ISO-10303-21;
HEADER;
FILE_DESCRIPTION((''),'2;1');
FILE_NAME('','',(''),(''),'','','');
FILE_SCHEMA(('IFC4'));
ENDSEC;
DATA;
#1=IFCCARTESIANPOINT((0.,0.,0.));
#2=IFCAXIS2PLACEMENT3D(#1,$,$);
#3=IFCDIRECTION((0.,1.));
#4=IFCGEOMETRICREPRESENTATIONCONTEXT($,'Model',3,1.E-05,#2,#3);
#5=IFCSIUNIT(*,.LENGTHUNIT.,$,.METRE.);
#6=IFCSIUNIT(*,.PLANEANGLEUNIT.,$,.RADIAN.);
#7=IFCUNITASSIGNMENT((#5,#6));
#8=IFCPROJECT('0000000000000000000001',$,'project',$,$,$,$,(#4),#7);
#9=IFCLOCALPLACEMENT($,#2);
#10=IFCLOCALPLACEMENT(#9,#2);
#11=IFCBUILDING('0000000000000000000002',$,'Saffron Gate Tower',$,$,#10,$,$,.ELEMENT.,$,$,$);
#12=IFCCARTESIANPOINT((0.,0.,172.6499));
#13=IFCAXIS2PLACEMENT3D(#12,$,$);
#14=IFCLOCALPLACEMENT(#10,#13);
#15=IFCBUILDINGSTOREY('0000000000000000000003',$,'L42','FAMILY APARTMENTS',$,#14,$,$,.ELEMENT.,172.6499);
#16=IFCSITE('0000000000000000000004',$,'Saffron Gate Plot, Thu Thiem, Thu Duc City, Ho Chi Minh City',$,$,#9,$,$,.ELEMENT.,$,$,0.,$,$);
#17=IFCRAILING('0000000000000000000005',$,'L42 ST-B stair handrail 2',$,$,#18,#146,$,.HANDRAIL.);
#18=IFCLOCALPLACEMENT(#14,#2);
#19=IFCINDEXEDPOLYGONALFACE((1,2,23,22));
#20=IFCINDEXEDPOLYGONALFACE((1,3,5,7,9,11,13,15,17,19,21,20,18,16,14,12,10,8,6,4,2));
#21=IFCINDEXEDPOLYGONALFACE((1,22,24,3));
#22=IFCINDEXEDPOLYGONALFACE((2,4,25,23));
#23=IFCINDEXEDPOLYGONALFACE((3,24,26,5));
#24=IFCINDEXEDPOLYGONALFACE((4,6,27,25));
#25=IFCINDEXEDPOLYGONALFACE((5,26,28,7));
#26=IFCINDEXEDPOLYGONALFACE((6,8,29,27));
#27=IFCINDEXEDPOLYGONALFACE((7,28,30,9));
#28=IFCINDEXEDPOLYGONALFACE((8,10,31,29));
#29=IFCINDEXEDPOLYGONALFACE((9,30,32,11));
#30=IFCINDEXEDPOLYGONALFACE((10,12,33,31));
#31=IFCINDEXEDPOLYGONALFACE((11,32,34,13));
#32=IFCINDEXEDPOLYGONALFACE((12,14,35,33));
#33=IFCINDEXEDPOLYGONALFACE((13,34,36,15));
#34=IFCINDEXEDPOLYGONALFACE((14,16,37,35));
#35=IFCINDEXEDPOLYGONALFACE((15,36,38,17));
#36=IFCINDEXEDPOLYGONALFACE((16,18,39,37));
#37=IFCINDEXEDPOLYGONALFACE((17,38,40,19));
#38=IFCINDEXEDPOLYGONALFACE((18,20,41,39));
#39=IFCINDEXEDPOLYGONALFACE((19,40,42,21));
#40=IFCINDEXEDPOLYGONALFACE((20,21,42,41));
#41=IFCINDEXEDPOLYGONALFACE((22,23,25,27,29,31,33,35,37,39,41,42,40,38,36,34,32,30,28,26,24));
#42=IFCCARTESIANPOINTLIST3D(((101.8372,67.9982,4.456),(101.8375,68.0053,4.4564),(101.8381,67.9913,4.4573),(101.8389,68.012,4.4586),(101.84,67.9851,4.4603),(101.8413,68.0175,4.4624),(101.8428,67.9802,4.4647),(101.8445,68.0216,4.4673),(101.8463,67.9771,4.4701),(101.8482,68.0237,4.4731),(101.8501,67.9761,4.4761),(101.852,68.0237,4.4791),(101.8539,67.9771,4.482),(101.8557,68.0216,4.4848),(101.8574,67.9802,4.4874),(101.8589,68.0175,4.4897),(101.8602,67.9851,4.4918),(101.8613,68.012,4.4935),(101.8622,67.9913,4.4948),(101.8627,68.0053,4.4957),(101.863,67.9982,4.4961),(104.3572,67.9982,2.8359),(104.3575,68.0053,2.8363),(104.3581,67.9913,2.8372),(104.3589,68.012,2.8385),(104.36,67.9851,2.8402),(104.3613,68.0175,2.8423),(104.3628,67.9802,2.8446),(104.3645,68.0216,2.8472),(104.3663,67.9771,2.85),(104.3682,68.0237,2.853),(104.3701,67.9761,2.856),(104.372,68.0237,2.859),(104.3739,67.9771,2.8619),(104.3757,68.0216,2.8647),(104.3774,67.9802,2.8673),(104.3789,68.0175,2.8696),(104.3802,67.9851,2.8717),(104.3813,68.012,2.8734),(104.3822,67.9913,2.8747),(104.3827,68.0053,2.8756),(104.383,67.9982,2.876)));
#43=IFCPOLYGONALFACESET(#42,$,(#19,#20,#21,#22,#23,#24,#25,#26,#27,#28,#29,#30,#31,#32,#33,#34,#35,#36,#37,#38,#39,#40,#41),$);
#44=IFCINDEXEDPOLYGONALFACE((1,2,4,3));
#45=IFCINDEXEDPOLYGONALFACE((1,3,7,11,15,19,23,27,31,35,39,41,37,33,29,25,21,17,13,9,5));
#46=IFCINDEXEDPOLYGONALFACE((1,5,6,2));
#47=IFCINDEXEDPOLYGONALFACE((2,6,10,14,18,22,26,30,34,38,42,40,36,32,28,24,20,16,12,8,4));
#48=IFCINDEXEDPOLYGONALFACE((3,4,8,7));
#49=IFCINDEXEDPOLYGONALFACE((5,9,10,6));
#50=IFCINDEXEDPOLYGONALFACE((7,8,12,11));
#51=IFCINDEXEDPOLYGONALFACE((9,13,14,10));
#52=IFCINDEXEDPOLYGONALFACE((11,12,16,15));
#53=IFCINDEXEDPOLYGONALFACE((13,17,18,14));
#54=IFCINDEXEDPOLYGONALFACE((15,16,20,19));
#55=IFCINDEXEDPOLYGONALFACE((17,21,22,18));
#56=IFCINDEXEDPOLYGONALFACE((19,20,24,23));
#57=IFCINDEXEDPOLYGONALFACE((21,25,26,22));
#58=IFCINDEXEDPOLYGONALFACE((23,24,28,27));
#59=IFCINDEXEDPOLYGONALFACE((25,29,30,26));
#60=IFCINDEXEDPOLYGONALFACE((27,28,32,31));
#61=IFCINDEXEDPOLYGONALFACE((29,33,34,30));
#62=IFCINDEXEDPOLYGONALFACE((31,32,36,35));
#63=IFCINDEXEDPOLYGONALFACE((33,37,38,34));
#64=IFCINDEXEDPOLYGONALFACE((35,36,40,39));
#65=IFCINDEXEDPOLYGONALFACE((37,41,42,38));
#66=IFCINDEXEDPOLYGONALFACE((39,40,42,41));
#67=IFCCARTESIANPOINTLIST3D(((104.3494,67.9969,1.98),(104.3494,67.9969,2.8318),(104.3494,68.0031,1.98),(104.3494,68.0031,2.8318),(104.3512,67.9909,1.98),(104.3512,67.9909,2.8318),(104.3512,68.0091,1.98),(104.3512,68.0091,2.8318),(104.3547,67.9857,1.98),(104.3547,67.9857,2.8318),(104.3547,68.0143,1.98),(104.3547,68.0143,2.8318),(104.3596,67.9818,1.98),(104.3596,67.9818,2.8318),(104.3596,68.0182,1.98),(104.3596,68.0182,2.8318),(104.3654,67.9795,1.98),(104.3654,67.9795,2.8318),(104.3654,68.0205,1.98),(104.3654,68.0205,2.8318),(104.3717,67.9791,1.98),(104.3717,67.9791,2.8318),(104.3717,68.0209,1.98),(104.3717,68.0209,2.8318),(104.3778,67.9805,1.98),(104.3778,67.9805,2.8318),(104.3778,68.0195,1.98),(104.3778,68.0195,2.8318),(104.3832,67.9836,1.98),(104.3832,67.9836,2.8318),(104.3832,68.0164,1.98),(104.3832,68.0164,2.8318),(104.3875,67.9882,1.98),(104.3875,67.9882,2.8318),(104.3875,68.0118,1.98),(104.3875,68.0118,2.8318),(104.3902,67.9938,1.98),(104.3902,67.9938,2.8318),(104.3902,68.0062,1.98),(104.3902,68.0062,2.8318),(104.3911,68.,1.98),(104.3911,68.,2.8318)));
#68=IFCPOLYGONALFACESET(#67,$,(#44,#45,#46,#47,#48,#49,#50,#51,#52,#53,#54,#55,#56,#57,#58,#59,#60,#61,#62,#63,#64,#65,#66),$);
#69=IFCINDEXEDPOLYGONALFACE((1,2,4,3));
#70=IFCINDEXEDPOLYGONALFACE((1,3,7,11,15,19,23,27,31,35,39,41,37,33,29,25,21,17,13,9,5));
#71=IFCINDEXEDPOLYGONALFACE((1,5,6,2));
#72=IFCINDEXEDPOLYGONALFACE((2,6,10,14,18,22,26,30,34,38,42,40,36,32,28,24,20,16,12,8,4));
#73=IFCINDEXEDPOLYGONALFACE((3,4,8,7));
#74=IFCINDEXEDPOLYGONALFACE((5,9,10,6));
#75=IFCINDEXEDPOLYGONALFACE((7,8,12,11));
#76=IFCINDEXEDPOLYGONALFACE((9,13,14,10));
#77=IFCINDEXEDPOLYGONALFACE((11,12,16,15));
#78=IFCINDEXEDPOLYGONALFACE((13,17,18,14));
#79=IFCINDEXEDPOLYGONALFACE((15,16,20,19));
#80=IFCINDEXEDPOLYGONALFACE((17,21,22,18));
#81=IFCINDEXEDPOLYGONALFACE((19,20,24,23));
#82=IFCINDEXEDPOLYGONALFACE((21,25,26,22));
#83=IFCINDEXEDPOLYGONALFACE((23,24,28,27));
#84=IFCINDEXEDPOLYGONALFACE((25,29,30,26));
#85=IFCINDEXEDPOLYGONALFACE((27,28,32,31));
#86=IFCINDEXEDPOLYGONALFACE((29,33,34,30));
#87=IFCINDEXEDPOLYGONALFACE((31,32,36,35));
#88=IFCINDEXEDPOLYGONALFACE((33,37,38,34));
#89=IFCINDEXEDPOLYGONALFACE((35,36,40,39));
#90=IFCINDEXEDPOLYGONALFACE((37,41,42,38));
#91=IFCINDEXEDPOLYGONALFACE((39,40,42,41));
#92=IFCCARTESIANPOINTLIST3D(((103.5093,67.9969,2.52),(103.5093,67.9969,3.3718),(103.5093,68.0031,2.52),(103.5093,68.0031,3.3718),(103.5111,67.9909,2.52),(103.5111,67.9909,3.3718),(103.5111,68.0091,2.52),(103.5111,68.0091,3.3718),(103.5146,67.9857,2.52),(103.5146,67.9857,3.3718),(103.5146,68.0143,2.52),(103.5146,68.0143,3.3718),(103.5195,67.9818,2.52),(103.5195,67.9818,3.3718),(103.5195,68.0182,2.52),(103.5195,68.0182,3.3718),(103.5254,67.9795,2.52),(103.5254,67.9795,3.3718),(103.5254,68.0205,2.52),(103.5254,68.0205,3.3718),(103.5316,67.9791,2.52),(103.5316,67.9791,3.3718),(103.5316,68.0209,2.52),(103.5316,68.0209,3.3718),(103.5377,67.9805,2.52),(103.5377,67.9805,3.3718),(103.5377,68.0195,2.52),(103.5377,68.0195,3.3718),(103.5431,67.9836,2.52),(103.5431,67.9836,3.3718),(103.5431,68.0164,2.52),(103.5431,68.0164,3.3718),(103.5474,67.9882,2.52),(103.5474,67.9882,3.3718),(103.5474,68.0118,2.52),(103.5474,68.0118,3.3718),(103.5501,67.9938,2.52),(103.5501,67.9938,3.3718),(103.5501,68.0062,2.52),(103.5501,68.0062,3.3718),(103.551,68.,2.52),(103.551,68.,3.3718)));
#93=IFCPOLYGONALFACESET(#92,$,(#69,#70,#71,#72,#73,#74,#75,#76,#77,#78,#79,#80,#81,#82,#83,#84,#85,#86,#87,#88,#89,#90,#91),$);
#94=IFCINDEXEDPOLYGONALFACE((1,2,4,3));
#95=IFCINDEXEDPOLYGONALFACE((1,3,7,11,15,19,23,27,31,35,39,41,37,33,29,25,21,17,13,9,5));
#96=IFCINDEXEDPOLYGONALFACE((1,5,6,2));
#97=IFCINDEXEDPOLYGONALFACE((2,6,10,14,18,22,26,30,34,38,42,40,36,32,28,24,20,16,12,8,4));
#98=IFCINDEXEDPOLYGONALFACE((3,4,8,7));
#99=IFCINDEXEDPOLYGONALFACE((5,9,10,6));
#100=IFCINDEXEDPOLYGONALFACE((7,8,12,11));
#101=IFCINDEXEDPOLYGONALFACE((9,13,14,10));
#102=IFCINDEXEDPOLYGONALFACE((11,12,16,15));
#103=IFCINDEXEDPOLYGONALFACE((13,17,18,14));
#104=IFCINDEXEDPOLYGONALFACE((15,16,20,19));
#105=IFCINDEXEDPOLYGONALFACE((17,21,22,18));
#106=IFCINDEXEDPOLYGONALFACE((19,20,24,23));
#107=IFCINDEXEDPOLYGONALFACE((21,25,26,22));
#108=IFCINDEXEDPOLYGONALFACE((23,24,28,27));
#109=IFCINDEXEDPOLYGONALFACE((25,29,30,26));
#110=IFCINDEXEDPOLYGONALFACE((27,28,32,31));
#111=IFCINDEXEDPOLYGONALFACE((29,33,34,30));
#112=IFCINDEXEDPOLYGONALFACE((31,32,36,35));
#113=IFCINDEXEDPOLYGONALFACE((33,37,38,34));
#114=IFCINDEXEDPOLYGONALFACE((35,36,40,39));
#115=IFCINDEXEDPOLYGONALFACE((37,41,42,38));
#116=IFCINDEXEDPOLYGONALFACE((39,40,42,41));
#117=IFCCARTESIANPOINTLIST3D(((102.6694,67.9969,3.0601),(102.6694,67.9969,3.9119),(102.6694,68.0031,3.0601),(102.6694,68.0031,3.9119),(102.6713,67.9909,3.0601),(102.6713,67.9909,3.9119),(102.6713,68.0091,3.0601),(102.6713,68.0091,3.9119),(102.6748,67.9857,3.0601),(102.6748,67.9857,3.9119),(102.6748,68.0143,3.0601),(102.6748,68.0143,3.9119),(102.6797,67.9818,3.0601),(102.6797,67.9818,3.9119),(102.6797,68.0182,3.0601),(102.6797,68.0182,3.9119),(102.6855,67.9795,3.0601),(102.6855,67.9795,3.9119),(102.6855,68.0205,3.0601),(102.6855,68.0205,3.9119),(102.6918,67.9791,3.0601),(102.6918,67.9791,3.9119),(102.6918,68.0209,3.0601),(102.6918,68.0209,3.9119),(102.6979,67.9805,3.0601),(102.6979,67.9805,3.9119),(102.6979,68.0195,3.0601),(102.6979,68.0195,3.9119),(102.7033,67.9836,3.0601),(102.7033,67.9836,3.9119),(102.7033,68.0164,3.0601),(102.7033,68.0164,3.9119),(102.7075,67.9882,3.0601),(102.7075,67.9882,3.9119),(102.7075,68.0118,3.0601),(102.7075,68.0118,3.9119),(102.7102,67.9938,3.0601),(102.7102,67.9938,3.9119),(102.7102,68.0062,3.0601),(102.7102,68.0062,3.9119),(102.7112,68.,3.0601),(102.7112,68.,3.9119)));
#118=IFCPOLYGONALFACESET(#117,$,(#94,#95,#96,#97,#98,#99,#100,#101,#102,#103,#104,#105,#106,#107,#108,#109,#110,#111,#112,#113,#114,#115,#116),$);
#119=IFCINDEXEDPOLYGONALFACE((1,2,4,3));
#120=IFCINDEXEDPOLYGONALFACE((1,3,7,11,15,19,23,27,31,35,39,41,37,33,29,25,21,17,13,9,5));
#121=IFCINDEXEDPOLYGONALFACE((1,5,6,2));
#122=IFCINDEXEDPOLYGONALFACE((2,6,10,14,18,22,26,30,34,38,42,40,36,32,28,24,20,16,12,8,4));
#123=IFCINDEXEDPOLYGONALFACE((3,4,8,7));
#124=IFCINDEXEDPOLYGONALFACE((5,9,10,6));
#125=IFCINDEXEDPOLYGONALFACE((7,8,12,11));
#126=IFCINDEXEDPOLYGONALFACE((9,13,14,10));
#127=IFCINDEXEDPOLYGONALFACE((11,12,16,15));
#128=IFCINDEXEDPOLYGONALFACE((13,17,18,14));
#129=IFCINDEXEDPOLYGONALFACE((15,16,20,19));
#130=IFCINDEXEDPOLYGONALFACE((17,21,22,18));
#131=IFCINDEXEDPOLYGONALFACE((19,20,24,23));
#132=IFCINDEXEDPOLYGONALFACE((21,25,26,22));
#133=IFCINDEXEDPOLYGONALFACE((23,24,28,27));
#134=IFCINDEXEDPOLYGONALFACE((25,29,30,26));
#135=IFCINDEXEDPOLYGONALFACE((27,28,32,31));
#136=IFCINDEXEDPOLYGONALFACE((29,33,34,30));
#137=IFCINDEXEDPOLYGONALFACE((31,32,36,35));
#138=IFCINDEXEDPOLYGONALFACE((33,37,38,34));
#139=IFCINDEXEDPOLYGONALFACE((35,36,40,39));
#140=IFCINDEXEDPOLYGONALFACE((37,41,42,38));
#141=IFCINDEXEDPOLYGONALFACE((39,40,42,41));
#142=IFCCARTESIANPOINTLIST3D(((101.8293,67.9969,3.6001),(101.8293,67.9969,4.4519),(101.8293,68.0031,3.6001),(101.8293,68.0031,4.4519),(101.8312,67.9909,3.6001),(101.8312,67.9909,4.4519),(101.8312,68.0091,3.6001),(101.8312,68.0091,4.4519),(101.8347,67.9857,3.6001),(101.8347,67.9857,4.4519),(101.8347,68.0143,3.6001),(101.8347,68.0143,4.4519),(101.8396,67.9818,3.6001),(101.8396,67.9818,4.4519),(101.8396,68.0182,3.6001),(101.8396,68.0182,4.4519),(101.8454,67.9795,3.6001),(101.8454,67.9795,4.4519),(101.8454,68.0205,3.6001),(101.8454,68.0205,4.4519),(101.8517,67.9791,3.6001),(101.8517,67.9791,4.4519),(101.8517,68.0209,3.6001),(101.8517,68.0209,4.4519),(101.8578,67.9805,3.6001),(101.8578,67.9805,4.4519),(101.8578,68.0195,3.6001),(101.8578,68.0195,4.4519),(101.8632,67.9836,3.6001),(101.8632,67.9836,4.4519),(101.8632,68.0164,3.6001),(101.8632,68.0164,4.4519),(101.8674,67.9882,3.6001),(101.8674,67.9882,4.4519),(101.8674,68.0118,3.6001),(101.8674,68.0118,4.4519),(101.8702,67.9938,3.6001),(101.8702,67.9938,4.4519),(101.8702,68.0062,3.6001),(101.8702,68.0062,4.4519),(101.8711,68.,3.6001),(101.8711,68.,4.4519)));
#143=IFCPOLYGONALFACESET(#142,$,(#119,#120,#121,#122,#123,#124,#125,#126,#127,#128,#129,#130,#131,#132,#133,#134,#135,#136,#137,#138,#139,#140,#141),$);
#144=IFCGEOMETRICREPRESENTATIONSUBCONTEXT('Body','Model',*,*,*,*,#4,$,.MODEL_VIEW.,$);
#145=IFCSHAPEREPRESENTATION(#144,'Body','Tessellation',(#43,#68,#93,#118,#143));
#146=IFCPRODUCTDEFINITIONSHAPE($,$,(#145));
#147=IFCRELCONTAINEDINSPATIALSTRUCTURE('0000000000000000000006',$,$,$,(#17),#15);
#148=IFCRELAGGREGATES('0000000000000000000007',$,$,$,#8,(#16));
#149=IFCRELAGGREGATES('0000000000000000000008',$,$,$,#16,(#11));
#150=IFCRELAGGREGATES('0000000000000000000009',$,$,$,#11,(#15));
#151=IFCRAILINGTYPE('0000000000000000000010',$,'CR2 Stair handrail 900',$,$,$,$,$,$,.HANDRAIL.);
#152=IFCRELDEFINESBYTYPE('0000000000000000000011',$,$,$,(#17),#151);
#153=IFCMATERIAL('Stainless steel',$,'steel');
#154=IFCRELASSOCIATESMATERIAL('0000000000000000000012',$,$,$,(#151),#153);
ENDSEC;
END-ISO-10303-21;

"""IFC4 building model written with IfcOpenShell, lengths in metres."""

from ifc_helpers import new_model, si_unit, direction, frame, origin, origin_2d, place, context, subcontext, project, spatial, circle, extrude, material, type_object, element, save


model = new_model("IFC4")

# Units and contexts
model_context = context("Model", 3, precision=1e-05, world=origin(), true_north=direction((0.0, 1.0)))
body_context = subcontext(model_context, "Body", "Model", "MODEL_VIEW")
ifc_project = project(units=[si_unit("LENGTHUNIT", "METRE"), si_unit("PLANEANGLEUNIT", "RADIAN")], contexts=[model_context])

# Site, building, storey
site_placement = place(None, origin())
site = spatial("IfcSite", under=ifc_project, at=site_placement, Name="Saffron Gate Plot, Thu Thiem, Thu Duc City, Ho Chi Minh City", CompositionType="ELEMENT", RefElevation=0.0)
building_placement = place(site_placement, origin())
building = spatial("IfcBuilding", under=site, at=building_placement, Name="Saffron Gate Tower", CompositionType="ELEMENT")
storey_placement = place(building_placement, frame((0.0, 0.0, 172.6499)))
storey = spatial("IfcBuildingStorey", under=building, at=storey_placement, Name="L42", Description="FAMILY APARTMENTS", CompositionType="ELEMENT", Elevation=172.6499)

# Railing
ifc_material_1 = material(Name="Stainless steel", Category="steel")
railing_type = type_object("IfcRailingType", Name="CR2 Stair handrail 900", PredefinedType="HANDRAIL", material=ifc_material_1)
railing_placement = place(storey_placement, frame((104.3701, 68.0, 1.98)))
element("IfcRailing", 1, at=railing_placement, inside=storey, type_object=railing_type, Name="L42 ST-B stair handrail 2", PredefinedType="HANDRAIL", context=body_context, shape_type="SweptSolid", body=[
    extrude(circle(Radius=0.0239, at=origin_2d()), frame((0.0, 0.0, 0.876), z_axis=(-0.841163, 0.0, 0.540782), x_axis=(0.0, -1.0, 0.0)), (0.0, 0.0, 1.0), 2.9958),
    extrude(circle(Radius=0.021, at=origin_2d()), origin(), (0.0, 0.0, 1.0), 0.8518),
    extrude(circle(Radius=0.021, at=origin_2d()), frame((-0.8401, 0.0, 0.54)), (0.0, 0.0, 1.0), 0.8518),
    extrude(circle(Radius=0.021, at=origin_2d()), frame((-1.6799, 0.0, 1.0801)), (0.0, 0.0, 1.0), 0.8518),
    extrude(circle(Radius=0.021, at=origin_2d()), frame((-2.52, 0.0, 1.6201)), (0.0, 0.0, 1.0), 0.8518),
])

save(model, "model.ifc")
